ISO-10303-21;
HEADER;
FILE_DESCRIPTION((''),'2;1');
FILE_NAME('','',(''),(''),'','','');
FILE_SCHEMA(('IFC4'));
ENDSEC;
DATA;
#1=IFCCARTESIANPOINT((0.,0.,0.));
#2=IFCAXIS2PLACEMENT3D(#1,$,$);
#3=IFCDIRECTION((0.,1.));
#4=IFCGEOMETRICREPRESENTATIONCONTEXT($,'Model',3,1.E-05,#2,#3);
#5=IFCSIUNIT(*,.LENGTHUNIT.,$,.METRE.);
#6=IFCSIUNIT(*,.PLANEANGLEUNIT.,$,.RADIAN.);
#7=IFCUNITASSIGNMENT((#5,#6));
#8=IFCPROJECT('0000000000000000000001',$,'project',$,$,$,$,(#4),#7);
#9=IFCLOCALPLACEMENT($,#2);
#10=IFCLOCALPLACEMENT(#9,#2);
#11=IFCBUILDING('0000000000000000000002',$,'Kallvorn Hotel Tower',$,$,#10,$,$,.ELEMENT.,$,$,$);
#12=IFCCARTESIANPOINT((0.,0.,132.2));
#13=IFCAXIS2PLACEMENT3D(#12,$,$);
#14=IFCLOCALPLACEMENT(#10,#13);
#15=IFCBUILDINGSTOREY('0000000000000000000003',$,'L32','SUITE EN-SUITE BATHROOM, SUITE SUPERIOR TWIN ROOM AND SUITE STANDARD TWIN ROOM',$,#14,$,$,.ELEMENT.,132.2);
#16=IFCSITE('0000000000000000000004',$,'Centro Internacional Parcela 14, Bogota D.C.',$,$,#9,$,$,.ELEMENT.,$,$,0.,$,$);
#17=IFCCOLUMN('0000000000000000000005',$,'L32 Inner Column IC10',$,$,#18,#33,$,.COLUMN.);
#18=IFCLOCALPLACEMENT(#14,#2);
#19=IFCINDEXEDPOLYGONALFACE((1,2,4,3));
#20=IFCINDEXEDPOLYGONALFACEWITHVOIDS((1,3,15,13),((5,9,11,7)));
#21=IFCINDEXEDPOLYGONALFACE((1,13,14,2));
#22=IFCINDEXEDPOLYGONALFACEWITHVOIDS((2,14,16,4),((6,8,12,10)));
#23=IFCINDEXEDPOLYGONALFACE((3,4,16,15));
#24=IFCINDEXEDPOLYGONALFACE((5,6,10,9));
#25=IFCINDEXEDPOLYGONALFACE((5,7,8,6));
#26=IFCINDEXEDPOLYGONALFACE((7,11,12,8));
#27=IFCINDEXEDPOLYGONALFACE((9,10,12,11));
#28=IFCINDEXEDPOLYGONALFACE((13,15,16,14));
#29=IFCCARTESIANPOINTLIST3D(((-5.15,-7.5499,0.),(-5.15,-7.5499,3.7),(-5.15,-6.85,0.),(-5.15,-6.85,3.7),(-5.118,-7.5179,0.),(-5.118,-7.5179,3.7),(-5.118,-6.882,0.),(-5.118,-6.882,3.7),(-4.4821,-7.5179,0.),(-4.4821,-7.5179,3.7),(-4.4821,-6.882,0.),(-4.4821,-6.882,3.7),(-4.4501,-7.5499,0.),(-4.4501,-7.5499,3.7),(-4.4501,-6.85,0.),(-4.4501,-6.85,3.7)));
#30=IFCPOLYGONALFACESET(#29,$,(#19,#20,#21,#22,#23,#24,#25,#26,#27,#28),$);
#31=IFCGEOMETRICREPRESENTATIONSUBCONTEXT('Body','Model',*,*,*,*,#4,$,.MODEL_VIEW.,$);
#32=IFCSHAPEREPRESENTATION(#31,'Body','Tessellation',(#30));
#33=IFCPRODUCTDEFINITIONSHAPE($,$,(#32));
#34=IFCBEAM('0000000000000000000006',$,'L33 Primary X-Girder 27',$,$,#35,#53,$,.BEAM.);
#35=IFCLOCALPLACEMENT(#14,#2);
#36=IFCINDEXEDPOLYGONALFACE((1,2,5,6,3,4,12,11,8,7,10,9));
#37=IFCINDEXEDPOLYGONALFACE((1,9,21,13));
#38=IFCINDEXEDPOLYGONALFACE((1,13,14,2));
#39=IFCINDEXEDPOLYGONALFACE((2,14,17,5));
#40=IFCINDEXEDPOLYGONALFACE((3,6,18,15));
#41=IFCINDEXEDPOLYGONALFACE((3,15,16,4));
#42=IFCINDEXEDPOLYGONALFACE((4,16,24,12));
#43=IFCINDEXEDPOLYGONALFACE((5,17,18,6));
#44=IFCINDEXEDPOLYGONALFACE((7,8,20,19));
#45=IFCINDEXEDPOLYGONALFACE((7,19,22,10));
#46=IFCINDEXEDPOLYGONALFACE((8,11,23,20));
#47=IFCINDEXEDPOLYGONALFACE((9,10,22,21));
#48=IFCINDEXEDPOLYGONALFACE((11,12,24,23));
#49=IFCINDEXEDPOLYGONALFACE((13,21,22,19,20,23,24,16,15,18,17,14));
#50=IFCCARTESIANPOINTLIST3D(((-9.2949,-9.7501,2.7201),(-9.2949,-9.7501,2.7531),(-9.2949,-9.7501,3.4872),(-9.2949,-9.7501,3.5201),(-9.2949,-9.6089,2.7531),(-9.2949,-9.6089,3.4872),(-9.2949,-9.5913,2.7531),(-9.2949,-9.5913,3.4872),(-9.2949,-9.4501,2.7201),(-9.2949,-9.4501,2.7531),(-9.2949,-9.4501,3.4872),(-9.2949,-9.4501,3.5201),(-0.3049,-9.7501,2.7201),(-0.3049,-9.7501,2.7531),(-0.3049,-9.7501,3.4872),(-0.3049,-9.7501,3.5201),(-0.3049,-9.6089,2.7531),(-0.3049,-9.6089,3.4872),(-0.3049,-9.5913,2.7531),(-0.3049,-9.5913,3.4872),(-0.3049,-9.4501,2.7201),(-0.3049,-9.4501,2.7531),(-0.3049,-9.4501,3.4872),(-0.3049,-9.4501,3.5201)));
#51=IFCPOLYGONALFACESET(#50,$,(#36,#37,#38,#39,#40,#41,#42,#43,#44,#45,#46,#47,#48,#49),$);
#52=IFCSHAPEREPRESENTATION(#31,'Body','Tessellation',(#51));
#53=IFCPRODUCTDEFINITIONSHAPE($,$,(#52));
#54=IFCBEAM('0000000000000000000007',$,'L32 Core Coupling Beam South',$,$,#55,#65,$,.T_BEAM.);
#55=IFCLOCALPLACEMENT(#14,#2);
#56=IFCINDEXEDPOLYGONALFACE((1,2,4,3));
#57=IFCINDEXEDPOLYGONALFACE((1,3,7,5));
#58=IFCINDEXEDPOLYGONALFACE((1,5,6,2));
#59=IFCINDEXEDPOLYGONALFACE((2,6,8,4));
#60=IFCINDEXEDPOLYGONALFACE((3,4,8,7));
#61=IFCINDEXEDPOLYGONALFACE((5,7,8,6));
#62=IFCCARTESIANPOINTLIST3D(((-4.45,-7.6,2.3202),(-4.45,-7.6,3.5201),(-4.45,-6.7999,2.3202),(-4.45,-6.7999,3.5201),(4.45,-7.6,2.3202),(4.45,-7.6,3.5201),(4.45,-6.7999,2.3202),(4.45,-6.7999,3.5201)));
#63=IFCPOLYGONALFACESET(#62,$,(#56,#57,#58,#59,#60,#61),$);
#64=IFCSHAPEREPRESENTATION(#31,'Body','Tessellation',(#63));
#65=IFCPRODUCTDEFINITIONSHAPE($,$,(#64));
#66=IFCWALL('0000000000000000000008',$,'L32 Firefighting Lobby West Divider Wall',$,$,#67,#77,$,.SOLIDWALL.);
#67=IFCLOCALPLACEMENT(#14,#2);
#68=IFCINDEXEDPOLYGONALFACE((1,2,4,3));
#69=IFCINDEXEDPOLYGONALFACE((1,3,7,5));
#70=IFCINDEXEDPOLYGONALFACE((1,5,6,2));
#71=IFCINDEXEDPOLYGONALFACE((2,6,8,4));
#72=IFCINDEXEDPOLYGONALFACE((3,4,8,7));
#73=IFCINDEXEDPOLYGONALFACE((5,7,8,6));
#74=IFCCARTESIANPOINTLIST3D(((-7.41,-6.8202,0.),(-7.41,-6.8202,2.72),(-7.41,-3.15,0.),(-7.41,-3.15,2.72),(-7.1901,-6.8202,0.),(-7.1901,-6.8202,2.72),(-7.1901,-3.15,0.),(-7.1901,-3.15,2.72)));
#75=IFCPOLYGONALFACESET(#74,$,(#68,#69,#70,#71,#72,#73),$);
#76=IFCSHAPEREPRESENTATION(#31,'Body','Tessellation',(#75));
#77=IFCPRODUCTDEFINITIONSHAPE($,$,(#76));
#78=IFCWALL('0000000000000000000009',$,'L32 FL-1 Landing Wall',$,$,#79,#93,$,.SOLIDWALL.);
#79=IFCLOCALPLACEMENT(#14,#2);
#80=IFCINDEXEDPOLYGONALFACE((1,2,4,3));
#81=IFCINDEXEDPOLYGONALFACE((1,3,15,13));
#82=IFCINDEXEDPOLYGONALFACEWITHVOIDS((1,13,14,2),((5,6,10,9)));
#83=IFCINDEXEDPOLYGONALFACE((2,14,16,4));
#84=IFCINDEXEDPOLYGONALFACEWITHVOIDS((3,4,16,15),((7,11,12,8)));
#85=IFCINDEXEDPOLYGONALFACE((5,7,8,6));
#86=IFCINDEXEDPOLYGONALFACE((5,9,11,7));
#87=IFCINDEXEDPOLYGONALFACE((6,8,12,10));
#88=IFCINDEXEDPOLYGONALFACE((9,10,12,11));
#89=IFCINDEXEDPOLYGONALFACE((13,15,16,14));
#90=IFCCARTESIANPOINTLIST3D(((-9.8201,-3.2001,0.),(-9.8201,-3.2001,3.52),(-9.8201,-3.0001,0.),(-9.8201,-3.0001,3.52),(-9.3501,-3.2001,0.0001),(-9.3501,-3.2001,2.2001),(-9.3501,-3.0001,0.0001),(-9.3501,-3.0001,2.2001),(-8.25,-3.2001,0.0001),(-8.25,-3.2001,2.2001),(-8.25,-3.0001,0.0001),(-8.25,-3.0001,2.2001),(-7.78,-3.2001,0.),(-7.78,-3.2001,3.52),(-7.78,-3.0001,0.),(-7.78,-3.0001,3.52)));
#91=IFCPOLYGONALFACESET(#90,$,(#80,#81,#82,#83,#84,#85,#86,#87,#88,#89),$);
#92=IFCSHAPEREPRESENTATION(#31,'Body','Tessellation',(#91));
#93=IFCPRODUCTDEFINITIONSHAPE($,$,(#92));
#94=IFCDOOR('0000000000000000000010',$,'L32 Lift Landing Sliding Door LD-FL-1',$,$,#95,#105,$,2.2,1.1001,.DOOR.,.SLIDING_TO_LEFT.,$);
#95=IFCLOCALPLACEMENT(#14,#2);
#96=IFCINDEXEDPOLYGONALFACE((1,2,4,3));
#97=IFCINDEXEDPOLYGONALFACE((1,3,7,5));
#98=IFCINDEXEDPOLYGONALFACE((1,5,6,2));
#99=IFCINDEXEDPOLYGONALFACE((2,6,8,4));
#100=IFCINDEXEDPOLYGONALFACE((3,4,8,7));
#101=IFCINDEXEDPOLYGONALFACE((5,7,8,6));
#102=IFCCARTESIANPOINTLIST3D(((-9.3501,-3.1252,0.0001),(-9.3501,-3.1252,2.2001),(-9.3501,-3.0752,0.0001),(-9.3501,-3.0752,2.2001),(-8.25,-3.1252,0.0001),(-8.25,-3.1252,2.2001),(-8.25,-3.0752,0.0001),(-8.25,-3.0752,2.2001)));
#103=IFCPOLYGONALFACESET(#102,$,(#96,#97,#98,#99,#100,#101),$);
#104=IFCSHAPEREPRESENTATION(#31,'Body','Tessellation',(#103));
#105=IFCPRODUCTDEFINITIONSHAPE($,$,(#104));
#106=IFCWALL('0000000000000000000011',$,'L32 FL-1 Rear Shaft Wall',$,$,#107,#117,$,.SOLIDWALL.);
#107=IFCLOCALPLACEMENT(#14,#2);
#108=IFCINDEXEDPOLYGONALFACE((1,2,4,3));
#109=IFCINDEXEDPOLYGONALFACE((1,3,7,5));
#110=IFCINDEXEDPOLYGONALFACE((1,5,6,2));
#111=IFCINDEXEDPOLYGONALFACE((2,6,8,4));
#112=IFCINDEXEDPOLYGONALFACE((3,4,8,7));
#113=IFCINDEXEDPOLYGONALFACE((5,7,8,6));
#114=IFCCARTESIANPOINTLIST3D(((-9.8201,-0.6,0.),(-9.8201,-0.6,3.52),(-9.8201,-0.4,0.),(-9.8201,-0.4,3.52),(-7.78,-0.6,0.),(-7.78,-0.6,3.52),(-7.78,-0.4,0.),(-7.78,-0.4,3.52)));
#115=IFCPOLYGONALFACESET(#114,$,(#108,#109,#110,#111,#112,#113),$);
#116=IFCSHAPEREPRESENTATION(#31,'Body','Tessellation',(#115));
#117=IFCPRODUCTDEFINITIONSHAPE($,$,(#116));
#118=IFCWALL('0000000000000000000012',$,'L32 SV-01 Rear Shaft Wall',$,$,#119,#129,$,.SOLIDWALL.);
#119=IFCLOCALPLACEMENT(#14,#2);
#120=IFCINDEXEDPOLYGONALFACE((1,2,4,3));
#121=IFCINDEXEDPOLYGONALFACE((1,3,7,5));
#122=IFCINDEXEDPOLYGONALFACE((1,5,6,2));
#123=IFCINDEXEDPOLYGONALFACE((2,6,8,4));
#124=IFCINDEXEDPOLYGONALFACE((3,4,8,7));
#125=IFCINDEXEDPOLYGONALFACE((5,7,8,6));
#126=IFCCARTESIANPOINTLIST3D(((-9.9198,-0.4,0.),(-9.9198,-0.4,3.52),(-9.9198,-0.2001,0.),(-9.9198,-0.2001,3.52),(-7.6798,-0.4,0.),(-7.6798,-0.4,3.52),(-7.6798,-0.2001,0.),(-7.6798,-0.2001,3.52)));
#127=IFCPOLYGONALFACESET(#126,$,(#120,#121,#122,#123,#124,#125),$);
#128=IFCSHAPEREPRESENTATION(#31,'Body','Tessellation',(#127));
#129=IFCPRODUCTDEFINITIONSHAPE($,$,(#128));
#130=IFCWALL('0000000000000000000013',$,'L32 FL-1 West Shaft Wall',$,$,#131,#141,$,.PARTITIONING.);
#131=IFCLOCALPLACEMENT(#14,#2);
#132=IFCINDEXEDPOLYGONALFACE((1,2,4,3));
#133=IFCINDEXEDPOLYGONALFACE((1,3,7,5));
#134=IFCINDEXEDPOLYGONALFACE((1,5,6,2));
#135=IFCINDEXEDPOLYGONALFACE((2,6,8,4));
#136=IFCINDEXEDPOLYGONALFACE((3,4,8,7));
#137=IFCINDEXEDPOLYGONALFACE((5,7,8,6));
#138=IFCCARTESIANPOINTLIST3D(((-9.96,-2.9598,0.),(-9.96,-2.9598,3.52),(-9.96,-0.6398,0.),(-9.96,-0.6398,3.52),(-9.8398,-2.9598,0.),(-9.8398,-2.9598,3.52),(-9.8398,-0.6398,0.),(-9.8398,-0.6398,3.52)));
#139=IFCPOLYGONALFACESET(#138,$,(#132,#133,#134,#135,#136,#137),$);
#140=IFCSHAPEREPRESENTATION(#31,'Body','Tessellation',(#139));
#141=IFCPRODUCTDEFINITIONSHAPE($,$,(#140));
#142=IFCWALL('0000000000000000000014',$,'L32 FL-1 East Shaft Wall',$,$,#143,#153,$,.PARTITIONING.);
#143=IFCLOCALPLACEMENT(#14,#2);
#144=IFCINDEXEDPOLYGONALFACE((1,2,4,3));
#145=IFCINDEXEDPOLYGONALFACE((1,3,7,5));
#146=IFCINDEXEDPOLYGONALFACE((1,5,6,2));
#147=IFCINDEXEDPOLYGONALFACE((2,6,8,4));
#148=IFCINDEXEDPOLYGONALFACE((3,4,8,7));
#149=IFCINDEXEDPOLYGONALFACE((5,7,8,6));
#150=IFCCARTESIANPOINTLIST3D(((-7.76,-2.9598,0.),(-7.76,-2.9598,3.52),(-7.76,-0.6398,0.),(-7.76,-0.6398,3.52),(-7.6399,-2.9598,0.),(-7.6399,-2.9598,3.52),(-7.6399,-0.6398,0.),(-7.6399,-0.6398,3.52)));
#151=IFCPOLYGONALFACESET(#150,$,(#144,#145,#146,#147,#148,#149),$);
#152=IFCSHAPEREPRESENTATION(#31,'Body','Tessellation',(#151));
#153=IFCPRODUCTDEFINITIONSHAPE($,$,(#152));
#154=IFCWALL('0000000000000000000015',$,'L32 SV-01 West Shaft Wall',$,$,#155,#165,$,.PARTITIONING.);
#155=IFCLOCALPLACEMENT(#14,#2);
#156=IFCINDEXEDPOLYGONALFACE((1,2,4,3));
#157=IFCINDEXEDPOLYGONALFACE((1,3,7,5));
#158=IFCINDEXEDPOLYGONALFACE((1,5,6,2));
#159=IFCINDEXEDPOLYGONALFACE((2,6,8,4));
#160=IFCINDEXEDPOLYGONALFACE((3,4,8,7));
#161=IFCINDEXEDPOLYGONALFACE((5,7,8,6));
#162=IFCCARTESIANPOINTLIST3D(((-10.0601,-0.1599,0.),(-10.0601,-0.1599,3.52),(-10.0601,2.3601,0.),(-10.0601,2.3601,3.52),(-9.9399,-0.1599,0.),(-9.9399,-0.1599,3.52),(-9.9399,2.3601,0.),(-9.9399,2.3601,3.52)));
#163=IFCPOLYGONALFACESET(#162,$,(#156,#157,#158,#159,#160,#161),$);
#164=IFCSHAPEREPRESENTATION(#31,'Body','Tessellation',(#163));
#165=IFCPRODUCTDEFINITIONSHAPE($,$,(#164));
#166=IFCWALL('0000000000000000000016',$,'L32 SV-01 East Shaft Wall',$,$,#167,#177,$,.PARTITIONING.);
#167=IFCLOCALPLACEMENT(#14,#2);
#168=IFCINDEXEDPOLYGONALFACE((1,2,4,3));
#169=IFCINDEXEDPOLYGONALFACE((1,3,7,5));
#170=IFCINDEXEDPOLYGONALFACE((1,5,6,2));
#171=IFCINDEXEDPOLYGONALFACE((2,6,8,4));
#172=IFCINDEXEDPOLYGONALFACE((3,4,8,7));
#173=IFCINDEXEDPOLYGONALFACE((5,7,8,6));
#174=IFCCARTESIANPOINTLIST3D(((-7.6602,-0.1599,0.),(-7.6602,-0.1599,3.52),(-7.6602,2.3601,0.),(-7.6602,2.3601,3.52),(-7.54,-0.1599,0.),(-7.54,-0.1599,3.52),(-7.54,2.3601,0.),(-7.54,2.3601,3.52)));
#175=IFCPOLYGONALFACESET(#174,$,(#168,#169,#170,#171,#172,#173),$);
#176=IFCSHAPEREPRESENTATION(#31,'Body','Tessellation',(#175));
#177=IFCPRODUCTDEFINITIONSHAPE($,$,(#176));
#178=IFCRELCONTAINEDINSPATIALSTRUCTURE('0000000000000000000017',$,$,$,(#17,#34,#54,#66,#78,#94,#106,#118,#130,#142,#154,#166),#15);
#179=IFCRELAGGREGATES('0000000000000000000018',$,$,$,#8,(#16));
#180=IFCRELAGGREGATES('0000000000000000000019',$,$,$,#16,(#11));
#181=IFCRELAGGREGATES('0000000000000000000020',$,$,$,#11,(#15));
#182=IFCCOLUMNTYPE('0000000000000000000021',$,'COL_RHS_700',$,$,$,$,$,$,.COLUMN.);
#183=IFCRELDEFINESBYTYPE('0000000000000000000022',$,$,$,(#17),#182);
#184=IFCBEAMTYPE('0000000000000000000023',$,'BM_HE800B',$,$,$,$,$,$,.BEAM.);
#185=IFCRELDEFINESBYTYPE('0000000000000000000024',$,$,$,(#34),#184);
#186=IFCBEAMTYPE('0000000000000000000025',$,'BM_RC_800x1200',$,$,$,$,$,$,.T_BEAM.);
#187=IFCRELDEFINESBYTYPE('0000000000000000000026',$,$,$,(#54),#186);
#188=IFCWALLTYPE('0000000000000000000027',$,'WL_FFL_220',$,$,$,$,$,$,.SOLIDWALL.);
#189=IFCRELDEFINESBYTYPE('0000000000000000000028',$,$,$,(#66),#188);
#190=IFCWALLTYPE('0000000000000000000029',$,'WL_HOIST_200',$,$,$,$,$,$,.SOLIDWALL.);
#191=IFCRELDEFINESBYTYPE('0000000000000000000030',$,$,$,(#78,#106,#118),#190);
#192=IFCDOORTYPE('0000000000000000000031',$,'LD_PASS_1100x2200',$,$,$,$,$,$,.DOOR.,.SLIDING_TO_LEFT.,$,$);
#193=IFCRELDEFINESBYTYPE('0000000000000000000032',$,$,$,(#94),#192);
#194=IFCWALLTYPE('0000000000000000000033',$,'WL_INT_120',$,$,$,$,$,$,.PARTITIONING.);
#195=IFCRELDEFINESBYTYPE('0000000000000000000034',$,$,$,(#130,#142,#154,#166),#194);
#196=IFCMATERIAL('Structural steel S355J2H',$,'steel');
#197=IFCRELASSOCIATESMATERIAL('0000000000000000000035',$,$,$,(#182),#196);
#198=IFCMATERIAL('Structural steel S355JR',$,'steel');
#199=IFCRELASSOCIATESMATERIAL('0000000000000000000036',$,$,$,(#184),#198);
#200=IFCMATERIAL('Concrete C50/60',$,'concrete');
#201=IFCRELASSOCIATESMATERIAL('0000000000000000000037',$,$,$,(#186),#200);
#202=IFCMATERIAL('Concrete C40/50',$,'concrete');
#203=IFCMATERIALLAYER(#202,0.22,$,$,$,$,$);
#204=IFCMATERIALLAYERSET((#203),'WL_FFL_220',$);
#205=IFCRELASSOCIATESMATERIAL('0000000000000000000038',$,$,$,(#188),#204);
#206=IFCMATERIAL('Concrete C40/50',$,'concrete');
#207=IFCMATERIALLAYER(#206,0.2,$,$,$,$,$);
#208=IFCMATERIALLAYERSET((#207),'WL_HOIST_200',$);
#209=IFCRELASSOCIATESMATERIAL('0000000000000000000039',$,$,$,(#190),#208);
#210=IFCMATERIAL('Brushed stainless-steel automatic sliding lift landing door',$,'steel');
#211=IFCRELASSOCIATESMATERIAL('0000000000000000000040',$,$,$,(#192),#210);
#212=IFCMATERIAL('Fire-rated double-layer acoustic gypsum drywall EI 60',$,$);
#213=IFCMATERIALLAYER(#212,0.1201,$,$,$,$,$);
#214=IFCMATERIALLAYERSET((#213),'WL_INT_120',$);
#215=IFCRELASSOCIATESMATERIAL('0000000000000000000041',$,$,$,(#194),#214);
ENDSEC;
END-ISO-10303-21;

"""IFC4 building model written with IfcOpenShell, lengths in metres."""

from ifc_helpers import new_model, si_unit, direction, frame, frame_2d, origin, origin_2d, place, context, subcontext, project, spatial, rectangle, hollow_rectangle, i_section, extrude, material, layer, layer_set, material_profile, profile_set, type_object, element, fill, save


model = new_model("IFC4")

# Units and contexts
model_context = context("Model", 3, precision=1e-05, world=origin(), true_north=direction((0.0, 1.0)))
body_context = subcontext(model_context, "Body", "Model", "MODEL_VIEW")
ifc_project = project(units=[si_unit("LENGTHUNIT", "METRE"), si_unit("PLANEANGLEUNIT", "RADIAN")], contexts=[model_context])

# Site, building, storey
site_placement = place(None, origin())
site = spatial("IfcSite", under=ifc_project, at=site_placement, Name="Centro Internacional Parcela 14, Bogota D.C.", CompositionType="ELEMENT", RefElevation=0.0)
building_placement = place(site_placement, origin())
building = spatial("IfcBuilding", under=site, at=building_placement, Name="Kallvorn Hotel Tower", CompositionType="ELEMENT")
storey_placement = place(building_placement, frame((0.0, 0.0, 132.2)))
storey = spatial("IfcBuildingStorey", under=building, at=storey_placement, Name="L32", Description="SUITE EN-SUITE BATHROOM, SUITE SUPERIOR TWIN ROOM AND SUITE STANDARD TWIN ROOM", CompositionType="ELEMENT", Elevation=132.2)

# Column
ifc_material_1 = material(Name="Structural steel S355J2H", Category="steel")
ifc_material_profile_1 = material_profile(ifc_material_1, hollow_rectangle(XDim=0.7, YDim=0.7, WallThickness=0.032, at=origin_2d()), Name="RHS 700x700x32")
ifc_profile_set_1 = profile_set([ifc_material_profile_1], Name="Structural steel S355J2H")
column_type = type_object("IfcColumnType", Name="COL_RHS_700", PredefinedType="COLUMN", material=ifc_profile_set_1)
column_placement = place(storey_placement, frame((-4.8, -7.2, 0.0), z_axis=(0.0, 0.0, 1.0), x_axis=(1.0, 0.0, 0.0)))
element("IfcColumn", 1, at=column_placement, inside=storey, type_object=column_type, Name="L32 Inner Column IC10", PredefinedType="COLUMN", context=body_context, shape_type="SweptSolid", body=[
    extrude(hollow_rectangle(XDim=0.7, YDim=0.7, WallThickness=0.032, at=origin_2d()), origin(), (0.0, 0.0, 1.0), 3.7),
])

# Beams
ifc_material_2 = material(Name="Structural steel S355JR", Category="steel")
ifc_material_profile_2 = material_profile(ifc_material_2, i_section(OverallWidth=0.3, OverallDepth=0.8, WebThickness=0.0176, FlangeThickness=0.033, at=origin_2d()), Name="HE 800 B")
ifc_profile_set_2 = profile_set([ifc_material_profile_2], Name="Structural steel S355JR")
beam_type_1 = type_object("IfcBeamType", Name="BM_HE800B", PredefinedType="BEAM", material=ifc_profile_set_2)
beam_1_placement = place(storey_placement, frame((-9.2949, -9.6001, 3.1201), z_axis=(1.0, 0.0, 0.0), x_axis=(0.0, 1.0, 0.0)))
element("IfcBeam", 2, at=beam_1_placement, inside=storey, type_object=beam_type_1, Name="L33 Primary X-Girder 27", PredefinedType="BEAM", context=body_context, shape_type="SweptSolid", body=[
    extrude(i_section(OverallWidth=0.3, OverallDepth=0.8, WebThickness=0.0176, FlangeThickness=0.033, at=origin_2d()), origin(), (0.0, 0.0, 1.0), 8.99),
])
ifc_material_3 = material(Name="Concrete C50/60", Category="concrete")
ifc_material_profile_3 = material_profile(ifc_material_3, rectangle(XDim=0.8, YDim=1.2, at=origin_2d()), Name="RC 800x1200")
ifc_profile_set_3 = profile_set([ifc_material_profile_3], Name="Concrete C50/60")
beam_type_2 = type_object("IfcBeamType", Name="BM_RC_800x1200", PredefinedType="T_BEAM", material=ifc_profile_set_3)
beam_2_placement = place(storey_placement, frame((-4.45, -7.2, 2.9202), z_axis=(1.0, 0.0, 0.0), x_axis=(0.0, 1.0, 0.0)))
element("IfcBeam", 3, at=beam_2_placement, inside=storey, type_object=beam_type_2, Name="L32 Core Coupling Beam South", PredefinedType="T_BEAM", context=body_context, shape_type="SweptSolid", body=[
    extrude(rectangle(XDim=0.8, YDim=1.2, at=origin_2d()), origin(), (0.0, 0.0, 1.0), 8.8999),
])

# Wall
ifc_material_4 = material(Name="Concrete C40/50", Category="concrete")
ifc_layer_1 = layer(ifc_material_4, 0.22)
ifc_layer_set_1 = layer_set([ifc_layer_1], Name="WL_FFL_220")
wall_type_1 = type_object("IfcWallType", Name="WL_FFL_220", PredefinedType="SOLIDWALL", material=ifc_layer_set_1)
wall_1_placement = place(storey_placement, frame((-7.3, -6.8201, 0.0), z_axis=(0.0, 0.0, 1.0), x_axis=(0.0, 1.0, 0.0)))
element("IfcWall", 4, at=wall_1_placement, inside=storey, type_object=wall_type_1, Name="L32 Firefighting Lobby West Divider Wall", PredefinedType="SOLIDWALL", context=body_context, shape_type="SweptSolid", body=[
    extrude(rectangle(XDim=3.6702, YDim=0.22, at=frame_2d((1.835, 0.0))), origin(), (0.0, 0.0, 1.0), 2.72),
])

# Wall, opening, door
ifc_material_5 = material(Name="Concrete C40/50", Category="concrete")
ifc_layer_2 = layer(ifc_material_5, 0.2)
ifc_layer_set_2 = layer_set([ifc_layer_2], Name="WL_HOIST_200")
wall_type_2 = type_object("IfcWallType", Name="WL_HOIST_200", PredefinedType="SOLIDWALL", material=ifc_layer_set_2)
wall_2_placement = place(storey_placement, frame((-9.8201, -3.1001, 0.0), z_axis=(0.0, 0.0, 1.0), x_axis=(1.0, 0.0, 0.0)))
wall_2 = element("IfcWall", 5, at=wall_2_placement, inside=storey, type_object=wall_type_2, Name="L32 FL-1 Landing Wall", PredefinedType="SOLIDWALL", context=body_context, shape_type="SweptSolid", body=[
    extrude(rectangle(XDim=2.04, YDim=0.2, at=frame_2d((1.02, 0.0))), origin(), (0.0, 0.0, 1.0), 3.52),
])
opening_1_placement = place(wall_2_placement, frame((0.47, 0.0, 0.0)))
opening_1 = element("IfcOpeningElement", 6, at=opening_1_placement, cuts=wall_2, PredefinedType="OPENING", context=body_context, shape_type="SweptSolid", body=[
    extrude(rectangle(XDim=1.1001, YDim=2.2, at=frame_2d((0.55, 1.1001))), frame((0.0, 0.115, 0.0), z_axis=(0.0, -1.0, 0.0), x_axis=(1.0, 0.0, 0.0)), (0.0, 0.0, 1.0), 0.23),
])
ifc_material_6 = material(Name="Brushed stainless-steel automatic sliding lift landing door", Category="steel")
door_type_1 = type_object("IfcDoorType", Name="LD_PASS_1100x2200", OperationType="SLIDING_TO_LEFT", PredefinedType="DOOR", material=ifc_material_6)
door_1_placement = place(opening_1_placement, origin())
door_1 = element("IfcDoor", 7, at=door_1_placement, inside=storey, type_object=door_type_1, Name="L32 Lift Landing Sliding Door LD-FL-1", OperationType="SLIDING_TO_LEFT", OverallHeight=2.2, OverallWidth=1.1001, PredefinedType="DOOR", context=body_context, shape_type="SweptSolid", body=[
    extrude(rectangle(XDim=1.1001, YDim=2.2, at=frame_2d((0.55, 1.1001))), frame((0.0, 0.0249, 0.0), z_axis=(0.0, -1.0, 0.0), x_axis=(1.0, 0.0, 0.0)), (0.0, 0.0, 1.0), 0.05),
])
fill(opening_1, door_1)

# Walls
wall_3_placement = place(storey_placement, frame((-9.8201, -0.5, 0.0), z_axis=(0.0, 0.0, 1.0), x_axis=(1.0, 0.0, 0.0)))
element("IfcWall", 8, at=wall_3_placement, inside=storey, type_object=wall_type_2, Name="L32 FL-1 Rear Shaft Wall", PredefinedType="SOLIDWALL", context=body_context, shape_type="SweptSolid", body=[
    extrude(rectangle(XDim=2.04, YDim=0.2, at=frame_2d((1.02, 0.0))), origin(), (0.0, 0.0, 1.0), 3.52),
])
wall_4_placement = place(storey_placement, frame((-9.9199, -0.3, 0.0), z_axis=(0.0, 0.0, 1.0), x_axis=(1.0, 0.0, 0.0)))
element("IfcWall", 9, at=wall_4_placement, inside=storey, type_object=wall_type_2, Name="L32 SV-01 Rear Shaft Wall", PredefinedType="SOLIDWALL", context=body_context, shape_type="SweptSolid", body=[
    extrude(rectangle(XDim=2.24, YDim=0.2, at=frame_2d((1.1201, 0.0))), origin(), (0.0, 0.0, 1.0), 3.52),
])
ifc_material_7 = material(Name="Fire-rated double-layer acoustic gypsum drywall EI 60")
ifc_layer_3 = layer(ifc_material_7, 0.1201)
ifc_layer_set_3 = layer_set([ifc_layer_3], Name="WL_INT_120")
wall_type_3 = type_object("IfcWallType", Name="WL_INT_120", PredefinedType="PARTITIONING", material=ifc_layer_set_3)
for number, where, z_axis, x_axis, name in (
    (10, (-9.8999, -2.96, 0.0), (0.0, 0.0, 1.0), (0.0, 1.0, 0.0), "L32 FL-1 West Shaft Wall"),
    (11, (-7.7, -2.96, 0.0), (0.0, 0.0, 1.0), (0.0, 1.0, 0.0), "L32 FL-1 East Shaft Wall"),
):
    element("IfcWall", number, at=place(storey_placement, frame(where, z_axis=z_axis, x_axis=x_axis)), inside=storey, type_object=wall_type_3, Name=name, PredefinedType="PARTITIONING", context=body_context, shape_type="SweptSolid", body=[
        extrude(rectangle(XDim=2.3201, YDim=0.1201, at=frame_2d((1.1602, 0.0))), origin(), (0.0, 0.0, 1.0), 3.52),
    ])
for number, where, z_axis, x_axis, name in (
    (12, (-10.0, -0.1599, 0.0), (0.0, 0.0, 1.0), (0.0, 1.0, 0.0), "L32 SV-01 West Shaft Wall"),
    (13, (-7.6001, -0.1599, 0.0), (0.0, 0.0, 1.0), (0.0, 1.0, 0.0), "L32 SV-01 East Shaft Wall"),
):
    element("IfcWall", number, at=place(storey_placement, frame(where, z_axis=z_axis, x_axis=x_axis)), inside=storey, type_object=wall_type_3, Name=name, PredefinedType="PARTITIONING", context=body_context, shape_type="SweptSolid", body=[
        extrude(rectangle(XDim=2.52, YDim=0.1201, at=frame_2d((1.26, 0.0))), origin(), (0.0, 0.0, 1.0), 3.52),
    ])

save(model, "model.ifc")
